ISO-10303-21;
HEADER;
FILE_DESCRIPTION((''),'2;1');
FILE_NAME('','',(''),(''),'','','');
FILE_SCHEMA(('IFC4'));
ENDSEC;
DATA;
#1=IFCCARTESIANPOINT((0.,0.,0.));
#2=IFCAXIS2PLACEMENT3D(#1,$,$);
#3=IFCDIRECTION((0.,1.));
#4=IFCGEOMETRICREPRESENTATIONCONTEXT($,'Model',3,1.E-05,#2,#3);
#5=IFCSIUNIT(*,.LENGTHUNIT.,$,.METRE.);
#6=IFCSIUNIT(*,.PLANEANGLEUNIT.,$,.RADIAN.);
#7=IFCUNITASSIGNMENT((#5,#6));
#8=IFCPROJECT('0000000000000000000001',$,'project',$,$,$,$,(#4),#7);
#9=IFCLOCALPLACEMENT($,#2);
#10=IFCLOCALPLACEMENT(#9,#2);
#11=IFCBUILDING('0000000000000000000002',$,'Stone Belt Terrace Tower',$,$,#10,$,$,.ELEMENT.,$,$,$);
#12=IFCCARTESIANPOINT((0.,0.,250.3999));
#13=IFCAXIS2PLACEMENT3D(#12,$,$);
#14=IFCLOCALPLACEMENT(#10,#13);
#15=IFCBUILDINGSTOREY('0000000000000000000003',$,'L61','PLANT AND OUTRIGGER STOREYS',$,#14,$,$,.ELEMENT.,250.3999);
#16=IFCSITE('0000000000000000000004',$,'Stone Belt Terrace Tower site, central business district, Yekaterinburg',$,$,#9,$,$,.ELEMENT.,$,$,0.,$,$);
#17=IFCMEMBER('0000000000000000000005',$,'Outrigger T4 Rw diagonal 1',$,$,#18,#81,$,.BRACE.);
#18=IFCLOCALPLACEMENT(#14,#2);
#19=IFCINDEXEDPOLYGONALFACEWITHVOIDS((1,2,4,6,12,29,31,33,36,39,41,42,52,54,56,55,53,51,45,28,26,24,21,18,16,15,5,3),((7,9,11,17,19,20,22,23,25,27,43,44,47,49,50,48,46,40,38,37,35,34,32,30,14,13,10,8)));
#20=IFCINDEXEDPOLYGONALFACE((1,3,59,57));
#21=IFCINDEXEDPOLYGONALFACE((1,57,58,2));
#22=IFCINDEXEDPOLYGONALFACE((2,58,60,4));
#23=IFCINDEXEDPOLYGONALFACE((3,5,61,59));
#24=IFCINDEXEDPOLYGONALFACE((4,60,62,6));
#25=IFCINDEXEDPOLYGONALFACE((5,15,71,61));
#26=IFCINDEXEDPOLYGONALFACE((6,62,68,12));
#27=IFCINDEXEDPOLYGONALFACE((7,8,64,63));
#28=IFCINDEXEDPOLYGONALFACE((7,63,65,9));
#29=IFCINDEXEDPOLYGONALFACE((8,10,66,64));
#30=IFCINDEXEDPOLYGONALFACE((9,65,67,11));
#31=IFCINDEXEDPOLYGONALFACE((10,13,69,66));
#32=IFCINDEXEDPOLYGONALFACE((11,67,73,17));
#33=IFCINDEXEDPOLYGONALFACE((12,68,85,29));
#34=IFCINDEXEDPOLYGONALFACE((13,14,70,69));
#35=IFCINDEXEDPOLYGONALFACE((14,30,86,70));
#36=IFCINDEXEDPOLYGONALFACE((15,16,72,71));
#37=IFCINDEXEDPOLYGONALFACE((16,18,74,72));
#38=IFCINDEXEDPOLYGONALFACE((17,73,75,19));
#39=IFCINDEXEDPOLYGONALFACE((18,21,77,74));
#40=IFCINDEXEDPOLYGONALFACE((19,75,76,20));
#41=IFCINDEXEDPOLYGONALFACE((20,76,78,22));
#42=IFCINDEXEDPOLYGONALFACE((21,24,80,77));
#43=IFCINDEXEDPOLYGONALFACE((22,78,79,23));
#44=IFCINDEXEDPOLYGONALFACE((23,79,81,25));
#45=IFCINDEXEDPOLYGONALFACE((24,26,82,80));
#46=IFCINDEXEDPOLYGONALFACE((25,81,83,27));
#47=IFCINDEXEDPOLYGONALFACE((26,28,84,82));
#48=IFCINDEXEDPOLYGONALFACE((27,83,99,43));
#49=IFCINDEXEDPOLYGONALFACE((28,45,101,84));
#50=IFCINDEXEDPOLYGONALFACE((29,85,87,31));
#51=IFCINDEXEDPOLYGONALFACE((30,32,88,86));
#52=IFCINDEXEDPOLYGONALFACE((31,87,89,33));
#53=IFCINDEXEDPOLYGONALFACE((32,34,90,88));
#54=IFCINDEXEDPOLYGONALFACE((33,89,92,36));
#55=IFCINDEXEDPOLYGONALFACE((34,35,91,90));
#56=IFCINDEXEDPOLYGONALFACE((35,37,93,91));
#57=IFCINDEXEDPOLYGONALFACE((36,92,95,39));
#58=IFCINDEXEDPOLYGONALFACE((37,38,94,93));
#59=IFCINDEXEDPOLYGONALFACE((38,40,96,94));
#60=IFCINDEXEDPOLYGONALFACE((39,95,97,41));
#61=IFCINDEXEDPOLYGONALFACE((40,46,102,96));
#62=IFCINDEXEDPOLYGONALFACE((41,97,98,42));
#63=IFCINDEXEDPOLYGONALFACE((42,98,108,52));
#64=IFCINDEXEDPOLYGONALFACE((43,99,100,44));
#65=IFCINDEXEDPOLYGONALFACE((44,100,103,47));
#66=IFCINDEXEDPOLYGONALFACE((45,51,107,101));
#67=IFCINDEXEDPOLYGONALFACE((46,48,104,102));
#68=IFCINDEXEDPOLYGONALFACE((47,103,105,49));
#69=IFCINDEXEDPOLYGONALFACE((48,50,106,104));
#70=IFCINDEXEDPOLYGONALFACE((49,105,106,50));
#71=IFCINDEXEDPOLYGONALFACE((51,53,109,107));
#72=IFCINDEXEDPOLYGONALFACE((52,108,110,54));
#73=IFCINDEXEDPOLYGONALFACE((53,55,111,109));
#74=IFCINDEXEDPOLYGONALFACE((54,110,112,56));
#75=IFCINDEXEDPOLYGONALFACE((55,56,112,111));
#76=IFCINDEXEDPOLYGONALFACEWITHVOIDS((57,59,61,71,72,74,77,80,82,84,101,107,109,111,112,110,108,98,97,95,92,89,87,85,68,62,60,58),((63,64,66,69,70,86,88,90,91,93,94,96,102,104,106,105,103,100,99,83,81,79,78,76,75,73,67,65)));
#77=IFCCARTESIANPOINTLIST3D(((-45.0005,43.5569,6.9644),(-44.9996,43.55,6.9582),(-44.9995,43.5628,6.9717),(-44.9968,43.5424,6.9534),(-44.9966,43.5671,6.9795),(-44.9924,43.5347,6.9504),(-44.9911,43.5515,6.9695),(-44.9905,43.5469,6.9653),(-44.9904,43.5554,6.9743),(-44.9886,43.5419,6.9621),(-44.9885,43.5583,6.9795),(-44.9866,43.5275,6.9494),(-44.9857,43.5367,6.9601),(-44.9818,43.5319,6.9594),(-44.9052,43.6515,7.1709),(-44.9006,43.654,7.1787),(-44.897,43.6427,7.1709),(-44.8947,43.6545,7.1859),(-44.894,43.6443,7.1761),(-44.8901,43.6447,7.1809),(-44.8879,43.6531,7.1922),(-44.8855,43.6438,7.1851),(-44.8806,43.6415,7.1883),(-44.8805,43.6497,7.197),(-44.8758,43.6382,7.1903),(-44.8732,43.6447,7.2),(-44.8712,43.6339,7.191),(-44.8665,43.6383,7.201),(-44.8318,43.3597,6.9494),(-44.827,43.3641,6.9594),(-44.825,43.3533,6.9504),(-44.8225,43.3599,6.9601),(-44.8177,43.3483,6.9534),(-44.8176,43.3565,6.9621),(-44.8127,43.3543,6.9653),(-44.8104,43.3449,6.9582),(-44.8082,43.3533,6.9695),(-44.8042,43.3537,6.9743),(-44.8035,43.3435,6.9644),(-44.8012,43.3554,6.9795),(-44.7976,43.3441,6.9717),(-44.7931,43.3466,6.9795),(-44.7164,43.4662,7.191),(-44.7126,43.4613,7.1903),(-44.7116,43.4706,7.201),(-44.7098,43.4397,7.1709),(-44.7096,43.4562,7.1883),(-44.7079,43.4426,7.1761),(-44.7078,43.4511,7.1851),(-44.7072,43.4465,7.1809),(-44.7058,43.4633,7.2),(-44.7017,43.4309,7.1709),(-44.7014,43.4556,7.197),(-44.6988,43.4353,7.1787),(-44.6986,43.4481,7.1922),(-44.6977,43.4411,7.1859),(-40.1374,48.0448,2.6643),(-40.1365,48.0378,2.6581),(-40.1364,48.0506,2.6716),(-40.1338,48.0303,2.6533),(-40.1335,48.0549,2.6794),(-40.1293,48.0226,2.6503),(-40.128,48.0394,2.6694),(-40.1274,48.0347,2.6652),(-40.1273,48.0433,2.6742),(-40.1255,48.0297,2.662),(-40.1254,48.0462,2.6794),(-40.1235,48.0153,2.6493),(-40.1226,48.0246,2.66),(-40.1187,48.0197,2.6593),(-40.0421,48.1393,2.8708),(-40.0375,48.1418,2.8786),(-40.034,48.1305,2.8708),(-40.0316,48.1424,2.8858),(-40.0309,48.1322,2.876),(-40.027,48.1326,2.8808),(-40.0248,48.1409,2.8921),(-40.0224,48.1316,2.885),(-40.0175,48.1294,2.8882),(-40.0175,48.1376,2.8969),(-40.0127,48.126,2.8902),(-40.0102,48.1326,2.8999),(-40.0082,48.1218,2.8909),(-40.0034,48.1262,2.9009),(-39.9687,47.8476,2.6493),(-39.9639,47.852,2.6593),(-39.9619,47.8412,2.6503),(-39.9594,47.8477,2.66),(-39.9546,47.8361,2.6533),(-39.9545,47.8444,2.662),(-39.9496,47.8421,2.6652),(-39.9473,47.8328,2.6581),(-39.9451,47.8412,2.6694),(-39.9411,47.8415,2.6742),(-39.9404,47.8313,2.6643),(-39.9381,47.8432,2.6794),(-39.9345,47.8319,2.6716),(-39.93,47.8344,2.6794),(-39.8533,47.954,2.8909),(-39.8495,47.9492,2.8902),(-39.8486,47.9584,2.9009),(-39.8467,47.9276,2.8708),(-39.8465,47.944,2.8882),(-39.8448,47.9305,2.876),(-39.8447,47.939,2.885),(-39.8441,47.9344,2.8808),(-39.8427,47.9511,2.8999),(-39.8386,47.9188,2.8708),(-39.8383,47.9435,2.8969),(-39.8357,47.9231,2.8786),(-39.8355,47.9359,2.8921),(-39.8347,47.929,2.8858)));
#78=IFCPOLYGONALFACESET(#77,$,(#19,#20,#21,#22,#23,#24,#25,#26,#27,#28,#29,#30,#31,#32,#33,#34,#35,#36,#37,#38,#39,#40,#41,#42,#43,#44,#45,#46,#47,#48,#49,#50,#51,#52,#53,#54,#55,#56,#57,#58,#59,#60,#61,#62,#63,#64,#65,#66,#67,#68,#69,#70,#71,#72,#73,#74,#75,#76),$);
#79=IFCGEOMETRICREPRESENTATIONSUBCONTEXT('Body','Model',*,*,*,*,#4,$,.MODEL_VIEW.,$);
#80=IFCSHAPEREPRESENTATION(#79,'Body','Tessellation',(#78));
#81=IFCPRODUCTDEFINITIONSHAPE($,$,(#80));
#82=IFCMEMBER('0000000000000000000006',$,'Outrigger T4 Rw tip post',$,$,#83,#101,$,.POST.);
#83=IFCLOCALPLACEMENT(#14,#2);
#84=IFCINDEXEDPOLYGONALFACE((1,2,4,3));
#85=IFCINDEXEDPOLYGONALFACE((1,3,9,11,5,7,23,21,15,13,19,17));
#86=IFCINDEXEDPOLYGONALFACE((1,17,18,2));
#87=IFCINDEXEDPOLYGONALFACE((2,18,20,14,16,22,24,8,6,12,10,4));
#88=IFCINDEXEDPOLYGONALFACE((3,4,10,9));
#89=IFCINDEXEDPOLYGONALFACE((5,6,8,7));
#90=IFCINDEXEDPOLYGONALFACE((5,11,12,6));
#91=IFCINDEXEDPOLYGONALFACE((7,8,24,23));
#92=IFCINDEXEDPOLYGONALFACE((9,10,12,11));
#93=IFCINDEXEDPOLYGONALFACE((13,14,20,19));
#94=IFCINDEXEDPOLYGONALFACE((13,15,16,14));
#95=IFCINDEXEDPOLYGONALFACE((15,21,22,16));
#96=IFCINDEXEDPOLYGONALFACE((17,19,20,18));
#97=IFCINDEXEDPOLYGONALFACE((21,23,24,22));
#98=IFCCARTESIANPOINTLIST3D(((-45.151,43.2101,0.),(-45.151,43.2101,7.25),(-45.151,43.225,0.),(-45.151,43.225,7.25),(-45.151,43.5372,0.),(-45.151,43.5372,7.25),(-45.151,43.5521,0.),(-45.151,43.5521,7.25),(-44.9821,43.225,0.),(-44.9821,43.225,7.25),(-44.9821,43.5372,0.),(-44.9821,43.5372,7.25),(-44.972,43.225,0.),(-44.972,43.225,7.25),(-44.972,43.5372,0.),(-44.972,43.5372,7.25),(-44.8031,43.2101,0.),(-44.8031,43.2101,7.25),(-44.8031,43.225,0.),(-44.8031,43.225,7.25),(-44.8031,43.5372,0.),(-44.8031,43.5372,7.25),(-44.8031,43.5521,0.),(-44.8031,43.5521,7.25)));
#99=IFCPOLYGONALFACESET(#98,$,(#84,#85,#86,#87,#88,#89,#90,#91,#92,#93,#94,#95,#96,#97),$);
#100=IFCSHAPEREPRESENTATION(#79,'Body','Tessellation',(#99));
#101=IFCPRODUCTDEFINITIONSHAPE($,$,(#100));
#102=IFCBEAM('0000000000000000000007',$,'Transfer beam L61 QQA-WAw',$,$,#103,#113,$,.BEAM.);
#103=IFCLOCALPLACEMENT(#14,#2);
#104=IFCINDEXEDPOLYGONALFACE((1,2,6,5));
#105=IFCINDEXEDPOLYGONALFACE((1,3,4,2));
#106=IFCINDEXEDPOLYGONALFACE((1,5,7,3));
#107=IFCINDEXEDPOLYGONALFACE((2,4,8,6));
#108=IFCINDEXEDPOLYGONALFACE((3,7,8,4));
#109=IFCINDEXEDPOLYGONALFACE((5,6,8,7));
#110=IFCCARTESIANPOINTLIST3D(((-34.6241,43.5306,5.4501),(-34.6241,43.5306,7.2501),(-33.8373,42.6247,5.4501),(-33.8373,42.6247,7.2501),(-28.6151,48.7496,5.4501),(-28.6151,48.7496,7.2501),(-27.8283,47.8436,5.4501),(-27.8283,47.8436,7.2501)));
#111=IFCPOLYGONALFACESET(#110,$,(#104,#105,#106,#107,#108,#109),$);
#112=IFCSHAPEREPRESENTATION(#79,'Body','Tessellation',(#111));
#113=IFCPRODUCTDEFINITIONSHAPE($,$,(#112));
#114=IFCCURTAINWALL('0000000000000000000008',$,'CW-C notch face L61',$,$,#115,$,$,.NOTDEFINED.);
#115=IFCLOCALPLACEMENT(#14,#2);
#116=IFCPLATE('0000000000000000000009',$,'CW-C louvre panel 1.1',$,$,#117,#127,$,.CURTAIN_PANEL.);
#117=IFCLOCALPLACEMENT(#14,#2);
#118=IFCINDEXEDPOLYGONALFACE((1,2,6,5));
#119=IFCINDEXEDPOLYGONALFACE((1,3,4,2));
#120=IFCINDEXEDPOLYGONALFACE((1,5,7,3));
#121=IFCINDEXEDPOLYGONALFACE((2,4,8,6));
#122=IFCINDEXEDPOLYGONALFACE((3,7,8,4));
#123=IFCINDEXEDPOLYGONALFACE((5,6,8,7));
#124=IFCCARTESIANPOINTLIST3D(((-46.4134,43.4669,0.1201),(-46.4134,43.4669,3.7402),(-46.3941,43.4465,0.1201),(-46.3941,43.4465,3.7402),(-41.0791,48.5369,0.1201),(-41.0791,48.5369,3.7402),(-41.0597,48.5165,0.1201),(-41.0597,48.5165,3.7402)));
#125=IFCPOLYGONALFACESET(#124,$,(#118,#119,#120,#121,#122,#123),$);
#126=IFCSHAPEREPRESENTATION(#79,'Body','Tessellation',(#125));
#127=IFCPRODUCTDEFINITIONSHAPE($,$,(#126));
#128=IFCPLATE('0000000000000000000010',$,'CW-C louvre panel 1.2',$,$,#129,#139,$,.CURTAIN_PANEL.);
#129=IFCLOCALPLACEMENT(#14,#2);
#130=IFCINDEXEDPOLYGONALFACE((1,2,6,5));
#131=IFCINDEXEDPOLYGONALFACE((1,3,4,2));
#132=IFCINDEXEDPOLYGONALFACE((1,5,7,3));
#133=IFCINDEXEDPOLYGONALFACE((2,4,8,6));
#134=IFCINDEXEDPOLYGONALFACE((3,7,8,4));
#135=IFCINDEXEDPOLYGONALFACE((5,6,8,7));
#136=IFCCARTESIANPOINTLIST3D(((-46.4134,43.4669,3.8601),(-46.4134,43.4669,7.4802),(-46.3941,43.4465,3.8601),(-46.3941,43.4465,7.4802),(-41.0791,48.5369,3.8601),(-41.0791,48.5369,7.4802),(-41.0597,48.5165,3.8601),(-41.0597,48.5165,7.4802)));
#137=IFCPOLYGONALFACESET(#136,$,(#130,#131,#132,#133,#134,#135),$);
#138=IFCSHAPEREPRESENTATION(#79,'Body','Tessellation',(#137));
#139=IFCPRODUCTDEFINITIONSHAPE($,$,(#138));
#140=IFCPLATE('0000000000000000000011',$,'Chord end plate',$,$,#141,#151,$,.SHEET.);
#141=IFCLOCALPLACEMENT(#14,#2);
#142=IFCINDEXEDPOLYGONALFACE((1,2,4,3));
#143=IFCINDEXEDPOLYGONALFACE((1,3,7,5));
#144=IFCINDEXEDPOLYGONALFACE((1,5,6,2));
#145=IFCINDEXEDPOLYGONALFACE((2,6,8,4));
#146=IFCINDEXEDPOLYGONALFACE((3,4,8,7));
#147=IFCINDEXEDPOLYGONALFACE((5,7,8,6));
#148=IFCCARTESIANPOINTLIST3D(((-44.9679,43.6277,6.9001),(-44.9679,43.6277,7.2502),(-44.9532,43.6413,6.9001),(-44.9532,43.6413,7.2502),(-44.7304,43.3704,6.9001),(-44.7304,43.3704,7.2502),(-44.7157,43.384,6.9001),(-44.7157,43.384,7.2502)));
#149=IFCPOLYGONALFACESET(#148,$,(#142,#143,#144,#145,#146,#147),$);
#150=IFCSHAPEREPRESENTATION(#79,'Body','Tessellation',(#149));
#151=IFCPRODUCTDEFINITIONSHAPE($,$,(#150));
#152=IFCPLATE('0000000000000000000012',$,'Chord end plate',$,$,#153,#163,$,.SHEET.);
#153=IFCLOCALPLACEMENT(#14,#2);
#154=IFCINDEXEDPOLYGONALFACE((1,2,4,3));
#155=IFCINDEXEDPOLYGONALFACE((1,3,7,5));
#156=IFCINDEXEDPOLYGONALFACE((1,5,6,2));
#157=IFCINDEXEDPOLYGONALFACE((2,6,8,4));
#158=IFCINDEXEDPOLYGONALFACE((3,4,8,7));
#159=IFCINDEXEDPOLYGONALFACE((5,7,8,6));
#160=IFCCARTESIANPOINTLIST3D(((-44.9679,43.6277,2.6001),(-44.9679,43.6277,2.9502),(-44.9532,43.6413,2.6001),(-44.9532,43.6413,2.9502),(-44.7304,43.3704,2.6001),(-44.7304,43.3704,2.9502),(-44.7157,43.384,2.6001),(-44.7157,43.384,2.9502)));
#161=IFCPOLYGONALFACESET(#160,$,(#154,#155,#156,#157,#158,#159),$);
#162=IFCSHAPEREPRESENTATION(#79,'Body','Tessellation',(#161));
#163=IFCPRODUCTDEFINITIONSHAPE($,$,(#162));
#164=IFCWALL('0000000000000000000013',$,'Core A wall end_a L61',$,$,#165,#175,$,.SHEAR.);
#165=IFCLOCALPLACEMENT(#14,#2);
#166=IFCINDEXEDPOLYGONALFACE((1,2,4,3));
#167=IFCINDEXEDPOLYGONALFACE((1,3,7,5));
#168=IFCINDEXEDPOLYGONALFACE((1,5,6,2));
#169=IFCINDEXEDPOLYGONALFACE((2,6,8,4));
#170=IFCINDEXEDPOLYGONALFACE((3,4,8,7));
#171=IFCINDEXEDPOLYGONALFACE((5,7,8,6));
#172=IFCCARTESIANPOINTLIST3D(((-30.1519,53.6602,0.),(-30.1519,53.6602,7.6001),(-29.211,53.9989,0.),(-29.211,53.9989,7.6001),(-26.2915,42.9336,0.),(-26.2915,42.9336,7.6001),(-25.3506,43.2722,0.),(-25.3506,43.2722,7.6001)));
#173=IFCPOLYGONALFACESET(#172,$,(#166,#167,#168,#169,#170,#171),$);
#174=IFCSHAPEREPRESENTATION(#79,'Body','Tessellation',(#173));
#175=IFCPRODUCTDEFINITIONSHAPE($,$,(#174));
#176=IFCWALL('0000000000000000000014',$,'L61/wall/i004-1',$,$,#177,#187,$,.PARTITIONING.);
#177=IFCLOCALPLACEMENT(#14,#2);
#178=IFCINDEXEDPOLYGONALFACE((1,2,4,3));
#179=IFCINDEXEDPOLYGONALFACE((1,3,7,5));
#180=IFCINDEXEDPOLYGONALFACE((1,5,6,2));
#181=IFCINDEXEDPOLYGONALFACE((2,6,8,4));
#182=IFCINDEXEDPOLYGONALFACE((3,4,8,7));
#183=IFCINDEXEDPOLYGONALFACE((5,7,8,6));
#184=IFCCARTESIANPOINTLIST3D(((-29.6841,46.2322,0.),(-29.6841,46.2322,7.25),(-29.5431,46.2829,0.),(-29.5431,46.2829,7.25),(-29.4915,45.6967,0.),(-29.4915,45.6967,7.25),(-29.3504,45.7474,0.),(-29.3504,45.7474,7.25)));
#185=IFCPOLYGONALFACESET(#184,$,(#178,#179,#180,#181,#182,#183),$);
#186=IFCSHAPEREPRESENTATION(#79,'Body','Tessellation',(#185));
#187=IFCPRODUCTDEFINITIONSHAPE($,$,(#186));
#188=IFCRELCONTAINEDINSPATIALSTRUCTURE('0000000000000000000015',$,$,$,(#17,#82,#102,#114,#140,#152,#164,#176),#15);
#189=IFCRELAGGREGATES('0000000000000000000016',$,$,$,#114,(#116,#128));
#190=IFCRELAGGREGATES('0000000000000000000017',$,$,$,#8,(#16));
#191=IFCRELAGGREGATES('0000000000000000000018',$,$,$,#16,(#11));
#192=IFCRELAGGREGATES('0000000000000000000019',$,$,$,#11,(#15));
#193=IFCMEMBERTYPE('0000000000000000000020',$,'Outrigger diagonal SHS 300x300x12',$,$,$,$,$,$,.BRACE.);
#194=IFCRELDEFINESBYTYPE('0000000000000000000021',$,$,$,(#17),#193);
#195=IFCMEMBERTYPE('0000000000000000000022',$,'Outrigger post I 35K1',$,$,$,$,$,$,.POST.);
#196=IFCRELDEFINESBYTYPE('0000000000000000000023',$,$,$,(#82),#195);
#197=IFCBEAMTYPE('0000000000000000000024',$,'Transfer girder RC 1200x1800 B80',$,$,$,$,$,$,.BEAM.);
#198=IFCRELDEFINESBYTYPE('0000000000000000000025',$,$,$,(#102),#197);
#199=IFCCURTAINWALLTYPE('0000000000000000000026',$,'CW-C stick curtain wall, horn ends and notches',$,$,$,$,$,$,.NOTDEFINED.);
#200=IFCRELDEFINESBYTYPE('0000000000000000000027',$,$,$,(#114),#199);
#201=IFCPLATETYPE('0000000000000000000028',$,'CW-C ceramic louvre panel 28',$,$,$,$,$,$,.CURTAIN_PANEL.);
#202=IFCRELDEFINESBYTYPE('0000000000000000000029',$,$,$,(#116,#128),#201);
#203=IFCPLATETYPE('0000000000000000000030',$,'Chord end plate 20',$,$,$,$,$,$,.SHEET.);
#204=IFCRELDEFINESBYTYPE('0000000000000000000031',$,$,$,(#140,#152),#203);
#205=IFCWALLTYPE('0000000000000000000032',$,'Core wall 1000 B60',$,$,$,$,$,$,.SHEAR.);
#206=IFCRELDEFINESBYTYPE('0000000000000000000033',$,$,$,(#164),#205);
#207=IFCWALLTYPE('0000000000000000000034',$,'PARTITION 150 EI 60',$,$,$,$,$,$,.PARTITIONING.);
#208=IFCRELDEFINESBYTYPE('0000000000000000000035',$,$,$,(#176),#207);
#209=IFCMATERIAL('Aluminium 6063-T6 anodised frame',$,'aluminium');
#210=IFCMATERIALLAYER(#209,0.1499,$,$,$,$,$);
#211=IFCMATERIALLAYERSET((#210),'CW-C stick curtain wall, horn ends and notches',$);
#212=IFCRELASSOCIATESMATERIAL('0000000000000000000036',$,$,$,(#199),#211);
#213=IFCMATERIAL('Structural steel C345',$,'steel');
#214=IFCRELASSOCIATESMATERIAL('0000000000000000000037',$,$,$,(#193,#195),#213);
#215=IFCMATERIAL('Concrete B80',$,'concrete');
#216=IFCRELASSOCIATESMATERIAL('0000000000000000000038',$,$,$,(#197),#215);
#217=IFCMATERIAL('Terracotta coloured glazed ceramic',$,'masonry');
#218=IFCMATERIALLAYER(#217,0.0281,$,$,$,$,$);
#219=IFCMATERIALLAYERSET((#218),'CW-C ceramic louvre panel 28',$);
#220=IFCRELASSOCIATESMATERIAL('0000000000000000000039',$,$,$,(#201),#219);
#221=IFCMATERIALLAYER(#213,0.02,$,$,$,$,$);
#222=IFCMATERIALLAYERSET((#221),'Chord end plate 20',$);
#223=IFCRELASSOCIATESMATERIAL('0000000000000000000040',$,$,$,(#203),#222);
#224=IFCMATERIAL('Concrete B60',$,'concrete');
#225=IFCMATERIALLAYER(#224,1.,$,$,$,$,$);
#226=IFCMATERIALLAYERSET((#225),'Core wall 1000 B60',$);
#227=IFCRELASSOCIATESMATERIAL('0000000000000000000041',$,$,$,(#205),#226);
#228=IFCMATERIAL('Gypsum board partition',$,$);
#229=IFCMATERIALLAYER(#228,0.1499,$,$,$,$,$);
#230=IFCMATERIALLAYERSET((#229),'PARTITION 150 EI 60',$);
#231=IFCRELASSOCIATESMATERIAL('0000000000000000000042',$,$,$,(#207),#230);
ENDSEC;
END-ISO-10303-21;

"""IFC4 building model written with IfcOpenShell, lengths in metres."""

from ifc_helpers import new_model, si_unit, direction, frame, frame_2d, origin, origin_2d, place, context, subcontext, project, spatial, rectangle, hollow_rectangle, i_section, extrude, material, layer, layer_set, material_profile, profile_set, type_object, element, aggregate, save


model = new_model("IFC4")

# Units and contexts
model_context = context("Model", 3, precision=1e-05, world=origin(), true_north=direction((0.0, 1.0)))
body_context = subcontext(model_context, "Body", "Model", "MODEL_VIEW")
ifc_project = project(units=[si_unit("LENGTHUNIT", "METRE"), si_unit("PLANEANGLEUNIT", "RADIAN")], contexts=[model_context])

# Site, building, storey
site_placement = place(None, origin())
site = spatial("IfcSite", under=ifc_project, at=site_placement, Name="Stone Belt Terrace Tower site, central business district, Yekaterinburg", CompositionType="ELEMENT", RefElevation=0.0)
building_placement = place(site_placement, origin())
building = spatial("IfcBuilding", under=site, at=building_placement, Name="Stone Belt Terrace Tower", CompositionType="ELEMENT")
storey_placement = place(building_placement, frame((0.0, 0.0, 250.3999)))
storey = spatial("IfcBuildingStorey", under=building, at=storey_placement, Name="L61", Description="PLANT AND OUTRIGGER STOREYS", CompositionType="ELEMENT", Elevation=250.3999)

# Shared definitions
ifc_material_1 = material(Name="Concrete B60", Category="concrete")

# Shared definitions
ifc_material_2 = material(Name="Aluminium 6063-T6 anodised frame", Category="aluminium")
ifc_layer_1 = layer(ifc_material_2, 0.1499)
ifc_layer_set_1 = layer_set([ifc_layer_1], Name="CW-C stick curtain wall, horn ends and notches")
curtain_wall_type = type_object("IfcCurtainWallType", Name="CW-C stick curtain wall, horn ends and notches", PredefinedType="NOTDEFINED", material=ifc_layer_set_1)

# Members
ifc_material_3 = material(Name="Structural steel C345", Category="steel")
ifc_material_profile_1 = material_profile(ifc_material_3, hollow_rectangle(XDim=0.3, YDim=0.3, WallThickness=0.012, InnerFilletRadius=0.0239, OuterFilletRadius=0.0359, at=origin_2d()), Name="SHS 300x300x12")
ifc_profile_set_1 = profile_set([ifc_material_profile_1], Name="Structural steel C345")
member_type_1 = type_object("IfcMemberType", Name="Outrigger diagonal SHS 300x300x12", PredefinedType="BRACE", material=ifc_profile_set_1)
member_1_placement = place(storey_placement, frame((-44.8491, 43.499, 7.0752), z_axis=(0.616217, 0.568668, -0.544878), x_axis=(-0.678185, 0.734891, 0.0)))
element("IfcMember", 1, at=member_1_placement, inside=storey, type_object=member_type_1, Name="Outrigger T4 Rw diagonal 1", PredefinedType="BRACE", context=body_context, shape_type="SweptSolid", body=[
    extrude(hollow_rectangle(XDim=0.3, YDim=0.3, WallThickness=0.012, InnerFilletRadius=0.0239, OuterFilletRadius=0.0359, at=origin_2d()), origin(), (0.0, 0.0, 1.0), 7.8918),
])
ifc_material_profile_2 = material_profile(ifc_material_3, i_section(OverallWidth=0.3479, OverallDepth=0.342, WebThickness=0.01, FlangeThickness=0.0149, at=origin_2d()), Name="I 35K1")
ifc_profile_set_2 = profile_set([ifc_material_profile_2], Name="Structural steel C345")
member_type_2 = type_object("IfcMemberType", Name="Outrigger post I 35K1", PredefinedType="POST", material=ifc_profile_set_2)
member_2_placement = place(storey_placement, frame((-44.9771, 43.3811, 0.0), z_axis=(0.0, 0.0, 1.0), x_axis=(1.0, 0.0, 0.0)))
element("IfcMember", 2, at=member_2_placement, inside=storey, type_object=member_type_2, Name="Outrigger T4 Rw tip post", PredefinedType="POST", context=body_context, shape_type="SweptSolid", body=[
    extrude(i_section(OverallWidth=0.3479, OverallDepth=0.342, WebThickness=0.01, FlangeThickness=0.0149, at=origin_2d()), origin(), (0.0, 0.0, 1.0), 7.25),
])

# Beam
ifc_material_4 = material(Name="Concrete B80", Category="concrete")
ifc_material_profile_3 = material_profile(ifc_material_4, rectangle(XDim=1.2, YDim=1.8, at=origin_2d()), Name="RC 1200x1800")
ifc_profile_set_3 = profile_set([ifc_material_profile_3], Name="Concrete B80")
beam_type_1 = type_object("IfcBeamType", Name="Transfer girder RC 1200x1800 B80", PredefinedType="BEAM", material=ifc_profile_set_3)
beam_1_placement = place(storey_placement, frame((-34.2307, 43.0776, 6.3501), z_axis=(0.754994, 0.655731, 0.0), x_axis=(-0.655731, 0.754994, 0.0)))
element("IfcBeam", 3, at=beam_1_placement, inside=storey, type_object=beam_type_1, Name="Transfer beam L61 QQA-WAw", PredefinedType="BEAM", context=body_context, shape_type="SweptSolid", body=[
    extrude(rectangle(XDim=1.2, YDim=1.8, at=origin_2d()), origin(), (0.0, 0.0, 1.0), 7.959),
])

# Curtain wall, plates
curtain_wall_1_placement = place(storey_placement, origin())
curtain_wall_1 = element("IfcCurtainWall", 4, at=curtain_wall_1_placement, inside=storey, type_object=curtain_wall_type, Name="CW-C notch face L61", PredefinedType="NOTDEFINED")
ifc_material_5 = material(Name="Terracotta coloured glazed ceramic", Category="masonry")
ifc_layer_2 = layer(ifc_material_5, 0.0281)
ifc_layer_set_2 = layer_set([ifc_layer_2], Name="CW-C ceramic louvre panel 28")
plate_type_1 = type_object("IfcPlateType", Name="CW-C ceramic louvre panel 28", PredefinedType="CURTAIN_PANEL", material=ifc_layer_set_2)
plate_1_placement = place(storey_placement, frame((-43.7366, 45.9917, 0.1201), z_axis=(0.0, 0.0, 1.0), x_axis=(-0.724836, -0.688921, 0.0)))
plate_1 = element("IfcPlate", 5, at=plate_1_placement, type_object=plate_type_1, Name="CW-C louvre panel 1.1", PredefinedType="CURTAIN_PANEL", context=body_context, shape_type="SweptSolid", body=[
    extrude(rectangle(XDim=7.3594, YDim=0.0281, at=origin_2d()), origin(), (0.0, 0.0, 1.0), 3.6201),
])
plate_2_placement = place(storey_placement, frame((-43.7366, 45.9917, 3.8601), z_axis=(0.0, 0.0, 1.0), x_axis=(-0.724836, -0.688921, 0.0)))
plate_2 = element("IfcPlate", 6, at=plate_2_placement, type_object=plate_type_1, Name="CW-C louvre panel 1.2", PredefinedType="CURTAIN_PANEL", context=body_context, shape_type="SweptSolid", body=[
    extrude(rectangle(XDim=7.3594, YDim=0.0281, at=origin_2d()), origin(), (0.0, 0.0, 1.0), 3.6201),
])
aggregate(curtain_wall_1, [plate_1, plate_2])

# Plates
ifc_layer_3 = layer(ifc_material_3, 0.02)
ifc_layer_set_3 = layer_set([ifc_layer_3], Name="Chord end plate 20")
plate_type_2 = type_object("IfcPlateType", Name="Chord end plate 20", PredefinedType="SHEET", material=ifc_layer_set_3)
for number, where, z_axis, x_axis, name in (
    (7, (-44.8418, 43.5059, 6.9001), (0.0, 0.0, 1.0), (-0.7349, -0.678175, 0.0), "Chord end plate"),
    (8, (-44.8418, 43.5059, 2.6001), (0.0, 0.0, 1.0), (-0.7349, -0.678175, 0.0), "Chord end plate"),
):
    element("IfcPlate", number, at=place(storey_placement, frame(where, z_axis=z_axis, x_axis=x_axis)), inside=storey, type_object=plate_type_2, Name=name, PredefinedType="SHEET", context=body_context, shape_type="SweptSolid", body=[
        extrude(rectangle(XDim=0.02, YDim=0.3501, at=origin_2d()), origin(), (0.0, 0.0, 1.0), 0.3501),
    ])

# Walls
ifc_layer_4 = layer(ifc_material_1, 1.0)
ifc_layer_set_4 = layer_set([ifc_layer_4], Name="Core wall 1000 B60")
wall_type_1 = type_object("IfcWallType", Name="Core wall 1000 B60", PredefinedType="SHEAR", material=ifc_layer_set_4)
wall_1_placement = place(storey_placement, frame((-25.821, 43.1028, 0.0), z_axis=(0.0, 0.0, 1.0), x_axis=(-0.338625, 0.940921, 0.0)))
element("IfcWall", 9, at=wall_1_placement, inside=storey, type_object=wall_type_1, Name="Core A wall end_a L61", PredefinedType="SHEAR", context=body_context, shape_type="SweptSolid", body=[
    extrude(rectangle(XDim=11.4001, YDim=1.0, at=frame_2d((5.7002, 0.0))), origin(), (0.0, 0.0, 1.0), 7.6001),
])
ifc_material_6 = material(Name="Gypsum board partition")
ifc_layer_5 = layer(ifc_material_6, 0.1499)
ifc_layer_set_5 = layer_set([ifc_layer_5], Name="PARTITION 150 EI 60")
wall_type_2 = type_object("IfcWallType", Name="PARTITION 150 EI 60", PredefinedType="PARTITIONING", material=ifc_layer_set_5)
wall_2_placement = place(storey_placement, frame((-29.4209, 45.7219, 0.0), z_axis=(0.0, 0.0, 1.0), x_axis=(-0.338537, 0.940953, 0.0)))
element("IfcWall", 10, at=wall_2_placement, inside=storey, type_object=wall_type_2, Name="L61/wall/i004-1", PredefinedType="PARTITIONING", context=body_context, shape_type="SweptSolid", body=[
    extrude(rectangle(XDim=0.5691, YDim=0.1499, at=frame_2d((0.2847, 0.0))), origin(), (0.0, 0.0, 1.0), 7.25),
])

save(model, "model.ifc")
